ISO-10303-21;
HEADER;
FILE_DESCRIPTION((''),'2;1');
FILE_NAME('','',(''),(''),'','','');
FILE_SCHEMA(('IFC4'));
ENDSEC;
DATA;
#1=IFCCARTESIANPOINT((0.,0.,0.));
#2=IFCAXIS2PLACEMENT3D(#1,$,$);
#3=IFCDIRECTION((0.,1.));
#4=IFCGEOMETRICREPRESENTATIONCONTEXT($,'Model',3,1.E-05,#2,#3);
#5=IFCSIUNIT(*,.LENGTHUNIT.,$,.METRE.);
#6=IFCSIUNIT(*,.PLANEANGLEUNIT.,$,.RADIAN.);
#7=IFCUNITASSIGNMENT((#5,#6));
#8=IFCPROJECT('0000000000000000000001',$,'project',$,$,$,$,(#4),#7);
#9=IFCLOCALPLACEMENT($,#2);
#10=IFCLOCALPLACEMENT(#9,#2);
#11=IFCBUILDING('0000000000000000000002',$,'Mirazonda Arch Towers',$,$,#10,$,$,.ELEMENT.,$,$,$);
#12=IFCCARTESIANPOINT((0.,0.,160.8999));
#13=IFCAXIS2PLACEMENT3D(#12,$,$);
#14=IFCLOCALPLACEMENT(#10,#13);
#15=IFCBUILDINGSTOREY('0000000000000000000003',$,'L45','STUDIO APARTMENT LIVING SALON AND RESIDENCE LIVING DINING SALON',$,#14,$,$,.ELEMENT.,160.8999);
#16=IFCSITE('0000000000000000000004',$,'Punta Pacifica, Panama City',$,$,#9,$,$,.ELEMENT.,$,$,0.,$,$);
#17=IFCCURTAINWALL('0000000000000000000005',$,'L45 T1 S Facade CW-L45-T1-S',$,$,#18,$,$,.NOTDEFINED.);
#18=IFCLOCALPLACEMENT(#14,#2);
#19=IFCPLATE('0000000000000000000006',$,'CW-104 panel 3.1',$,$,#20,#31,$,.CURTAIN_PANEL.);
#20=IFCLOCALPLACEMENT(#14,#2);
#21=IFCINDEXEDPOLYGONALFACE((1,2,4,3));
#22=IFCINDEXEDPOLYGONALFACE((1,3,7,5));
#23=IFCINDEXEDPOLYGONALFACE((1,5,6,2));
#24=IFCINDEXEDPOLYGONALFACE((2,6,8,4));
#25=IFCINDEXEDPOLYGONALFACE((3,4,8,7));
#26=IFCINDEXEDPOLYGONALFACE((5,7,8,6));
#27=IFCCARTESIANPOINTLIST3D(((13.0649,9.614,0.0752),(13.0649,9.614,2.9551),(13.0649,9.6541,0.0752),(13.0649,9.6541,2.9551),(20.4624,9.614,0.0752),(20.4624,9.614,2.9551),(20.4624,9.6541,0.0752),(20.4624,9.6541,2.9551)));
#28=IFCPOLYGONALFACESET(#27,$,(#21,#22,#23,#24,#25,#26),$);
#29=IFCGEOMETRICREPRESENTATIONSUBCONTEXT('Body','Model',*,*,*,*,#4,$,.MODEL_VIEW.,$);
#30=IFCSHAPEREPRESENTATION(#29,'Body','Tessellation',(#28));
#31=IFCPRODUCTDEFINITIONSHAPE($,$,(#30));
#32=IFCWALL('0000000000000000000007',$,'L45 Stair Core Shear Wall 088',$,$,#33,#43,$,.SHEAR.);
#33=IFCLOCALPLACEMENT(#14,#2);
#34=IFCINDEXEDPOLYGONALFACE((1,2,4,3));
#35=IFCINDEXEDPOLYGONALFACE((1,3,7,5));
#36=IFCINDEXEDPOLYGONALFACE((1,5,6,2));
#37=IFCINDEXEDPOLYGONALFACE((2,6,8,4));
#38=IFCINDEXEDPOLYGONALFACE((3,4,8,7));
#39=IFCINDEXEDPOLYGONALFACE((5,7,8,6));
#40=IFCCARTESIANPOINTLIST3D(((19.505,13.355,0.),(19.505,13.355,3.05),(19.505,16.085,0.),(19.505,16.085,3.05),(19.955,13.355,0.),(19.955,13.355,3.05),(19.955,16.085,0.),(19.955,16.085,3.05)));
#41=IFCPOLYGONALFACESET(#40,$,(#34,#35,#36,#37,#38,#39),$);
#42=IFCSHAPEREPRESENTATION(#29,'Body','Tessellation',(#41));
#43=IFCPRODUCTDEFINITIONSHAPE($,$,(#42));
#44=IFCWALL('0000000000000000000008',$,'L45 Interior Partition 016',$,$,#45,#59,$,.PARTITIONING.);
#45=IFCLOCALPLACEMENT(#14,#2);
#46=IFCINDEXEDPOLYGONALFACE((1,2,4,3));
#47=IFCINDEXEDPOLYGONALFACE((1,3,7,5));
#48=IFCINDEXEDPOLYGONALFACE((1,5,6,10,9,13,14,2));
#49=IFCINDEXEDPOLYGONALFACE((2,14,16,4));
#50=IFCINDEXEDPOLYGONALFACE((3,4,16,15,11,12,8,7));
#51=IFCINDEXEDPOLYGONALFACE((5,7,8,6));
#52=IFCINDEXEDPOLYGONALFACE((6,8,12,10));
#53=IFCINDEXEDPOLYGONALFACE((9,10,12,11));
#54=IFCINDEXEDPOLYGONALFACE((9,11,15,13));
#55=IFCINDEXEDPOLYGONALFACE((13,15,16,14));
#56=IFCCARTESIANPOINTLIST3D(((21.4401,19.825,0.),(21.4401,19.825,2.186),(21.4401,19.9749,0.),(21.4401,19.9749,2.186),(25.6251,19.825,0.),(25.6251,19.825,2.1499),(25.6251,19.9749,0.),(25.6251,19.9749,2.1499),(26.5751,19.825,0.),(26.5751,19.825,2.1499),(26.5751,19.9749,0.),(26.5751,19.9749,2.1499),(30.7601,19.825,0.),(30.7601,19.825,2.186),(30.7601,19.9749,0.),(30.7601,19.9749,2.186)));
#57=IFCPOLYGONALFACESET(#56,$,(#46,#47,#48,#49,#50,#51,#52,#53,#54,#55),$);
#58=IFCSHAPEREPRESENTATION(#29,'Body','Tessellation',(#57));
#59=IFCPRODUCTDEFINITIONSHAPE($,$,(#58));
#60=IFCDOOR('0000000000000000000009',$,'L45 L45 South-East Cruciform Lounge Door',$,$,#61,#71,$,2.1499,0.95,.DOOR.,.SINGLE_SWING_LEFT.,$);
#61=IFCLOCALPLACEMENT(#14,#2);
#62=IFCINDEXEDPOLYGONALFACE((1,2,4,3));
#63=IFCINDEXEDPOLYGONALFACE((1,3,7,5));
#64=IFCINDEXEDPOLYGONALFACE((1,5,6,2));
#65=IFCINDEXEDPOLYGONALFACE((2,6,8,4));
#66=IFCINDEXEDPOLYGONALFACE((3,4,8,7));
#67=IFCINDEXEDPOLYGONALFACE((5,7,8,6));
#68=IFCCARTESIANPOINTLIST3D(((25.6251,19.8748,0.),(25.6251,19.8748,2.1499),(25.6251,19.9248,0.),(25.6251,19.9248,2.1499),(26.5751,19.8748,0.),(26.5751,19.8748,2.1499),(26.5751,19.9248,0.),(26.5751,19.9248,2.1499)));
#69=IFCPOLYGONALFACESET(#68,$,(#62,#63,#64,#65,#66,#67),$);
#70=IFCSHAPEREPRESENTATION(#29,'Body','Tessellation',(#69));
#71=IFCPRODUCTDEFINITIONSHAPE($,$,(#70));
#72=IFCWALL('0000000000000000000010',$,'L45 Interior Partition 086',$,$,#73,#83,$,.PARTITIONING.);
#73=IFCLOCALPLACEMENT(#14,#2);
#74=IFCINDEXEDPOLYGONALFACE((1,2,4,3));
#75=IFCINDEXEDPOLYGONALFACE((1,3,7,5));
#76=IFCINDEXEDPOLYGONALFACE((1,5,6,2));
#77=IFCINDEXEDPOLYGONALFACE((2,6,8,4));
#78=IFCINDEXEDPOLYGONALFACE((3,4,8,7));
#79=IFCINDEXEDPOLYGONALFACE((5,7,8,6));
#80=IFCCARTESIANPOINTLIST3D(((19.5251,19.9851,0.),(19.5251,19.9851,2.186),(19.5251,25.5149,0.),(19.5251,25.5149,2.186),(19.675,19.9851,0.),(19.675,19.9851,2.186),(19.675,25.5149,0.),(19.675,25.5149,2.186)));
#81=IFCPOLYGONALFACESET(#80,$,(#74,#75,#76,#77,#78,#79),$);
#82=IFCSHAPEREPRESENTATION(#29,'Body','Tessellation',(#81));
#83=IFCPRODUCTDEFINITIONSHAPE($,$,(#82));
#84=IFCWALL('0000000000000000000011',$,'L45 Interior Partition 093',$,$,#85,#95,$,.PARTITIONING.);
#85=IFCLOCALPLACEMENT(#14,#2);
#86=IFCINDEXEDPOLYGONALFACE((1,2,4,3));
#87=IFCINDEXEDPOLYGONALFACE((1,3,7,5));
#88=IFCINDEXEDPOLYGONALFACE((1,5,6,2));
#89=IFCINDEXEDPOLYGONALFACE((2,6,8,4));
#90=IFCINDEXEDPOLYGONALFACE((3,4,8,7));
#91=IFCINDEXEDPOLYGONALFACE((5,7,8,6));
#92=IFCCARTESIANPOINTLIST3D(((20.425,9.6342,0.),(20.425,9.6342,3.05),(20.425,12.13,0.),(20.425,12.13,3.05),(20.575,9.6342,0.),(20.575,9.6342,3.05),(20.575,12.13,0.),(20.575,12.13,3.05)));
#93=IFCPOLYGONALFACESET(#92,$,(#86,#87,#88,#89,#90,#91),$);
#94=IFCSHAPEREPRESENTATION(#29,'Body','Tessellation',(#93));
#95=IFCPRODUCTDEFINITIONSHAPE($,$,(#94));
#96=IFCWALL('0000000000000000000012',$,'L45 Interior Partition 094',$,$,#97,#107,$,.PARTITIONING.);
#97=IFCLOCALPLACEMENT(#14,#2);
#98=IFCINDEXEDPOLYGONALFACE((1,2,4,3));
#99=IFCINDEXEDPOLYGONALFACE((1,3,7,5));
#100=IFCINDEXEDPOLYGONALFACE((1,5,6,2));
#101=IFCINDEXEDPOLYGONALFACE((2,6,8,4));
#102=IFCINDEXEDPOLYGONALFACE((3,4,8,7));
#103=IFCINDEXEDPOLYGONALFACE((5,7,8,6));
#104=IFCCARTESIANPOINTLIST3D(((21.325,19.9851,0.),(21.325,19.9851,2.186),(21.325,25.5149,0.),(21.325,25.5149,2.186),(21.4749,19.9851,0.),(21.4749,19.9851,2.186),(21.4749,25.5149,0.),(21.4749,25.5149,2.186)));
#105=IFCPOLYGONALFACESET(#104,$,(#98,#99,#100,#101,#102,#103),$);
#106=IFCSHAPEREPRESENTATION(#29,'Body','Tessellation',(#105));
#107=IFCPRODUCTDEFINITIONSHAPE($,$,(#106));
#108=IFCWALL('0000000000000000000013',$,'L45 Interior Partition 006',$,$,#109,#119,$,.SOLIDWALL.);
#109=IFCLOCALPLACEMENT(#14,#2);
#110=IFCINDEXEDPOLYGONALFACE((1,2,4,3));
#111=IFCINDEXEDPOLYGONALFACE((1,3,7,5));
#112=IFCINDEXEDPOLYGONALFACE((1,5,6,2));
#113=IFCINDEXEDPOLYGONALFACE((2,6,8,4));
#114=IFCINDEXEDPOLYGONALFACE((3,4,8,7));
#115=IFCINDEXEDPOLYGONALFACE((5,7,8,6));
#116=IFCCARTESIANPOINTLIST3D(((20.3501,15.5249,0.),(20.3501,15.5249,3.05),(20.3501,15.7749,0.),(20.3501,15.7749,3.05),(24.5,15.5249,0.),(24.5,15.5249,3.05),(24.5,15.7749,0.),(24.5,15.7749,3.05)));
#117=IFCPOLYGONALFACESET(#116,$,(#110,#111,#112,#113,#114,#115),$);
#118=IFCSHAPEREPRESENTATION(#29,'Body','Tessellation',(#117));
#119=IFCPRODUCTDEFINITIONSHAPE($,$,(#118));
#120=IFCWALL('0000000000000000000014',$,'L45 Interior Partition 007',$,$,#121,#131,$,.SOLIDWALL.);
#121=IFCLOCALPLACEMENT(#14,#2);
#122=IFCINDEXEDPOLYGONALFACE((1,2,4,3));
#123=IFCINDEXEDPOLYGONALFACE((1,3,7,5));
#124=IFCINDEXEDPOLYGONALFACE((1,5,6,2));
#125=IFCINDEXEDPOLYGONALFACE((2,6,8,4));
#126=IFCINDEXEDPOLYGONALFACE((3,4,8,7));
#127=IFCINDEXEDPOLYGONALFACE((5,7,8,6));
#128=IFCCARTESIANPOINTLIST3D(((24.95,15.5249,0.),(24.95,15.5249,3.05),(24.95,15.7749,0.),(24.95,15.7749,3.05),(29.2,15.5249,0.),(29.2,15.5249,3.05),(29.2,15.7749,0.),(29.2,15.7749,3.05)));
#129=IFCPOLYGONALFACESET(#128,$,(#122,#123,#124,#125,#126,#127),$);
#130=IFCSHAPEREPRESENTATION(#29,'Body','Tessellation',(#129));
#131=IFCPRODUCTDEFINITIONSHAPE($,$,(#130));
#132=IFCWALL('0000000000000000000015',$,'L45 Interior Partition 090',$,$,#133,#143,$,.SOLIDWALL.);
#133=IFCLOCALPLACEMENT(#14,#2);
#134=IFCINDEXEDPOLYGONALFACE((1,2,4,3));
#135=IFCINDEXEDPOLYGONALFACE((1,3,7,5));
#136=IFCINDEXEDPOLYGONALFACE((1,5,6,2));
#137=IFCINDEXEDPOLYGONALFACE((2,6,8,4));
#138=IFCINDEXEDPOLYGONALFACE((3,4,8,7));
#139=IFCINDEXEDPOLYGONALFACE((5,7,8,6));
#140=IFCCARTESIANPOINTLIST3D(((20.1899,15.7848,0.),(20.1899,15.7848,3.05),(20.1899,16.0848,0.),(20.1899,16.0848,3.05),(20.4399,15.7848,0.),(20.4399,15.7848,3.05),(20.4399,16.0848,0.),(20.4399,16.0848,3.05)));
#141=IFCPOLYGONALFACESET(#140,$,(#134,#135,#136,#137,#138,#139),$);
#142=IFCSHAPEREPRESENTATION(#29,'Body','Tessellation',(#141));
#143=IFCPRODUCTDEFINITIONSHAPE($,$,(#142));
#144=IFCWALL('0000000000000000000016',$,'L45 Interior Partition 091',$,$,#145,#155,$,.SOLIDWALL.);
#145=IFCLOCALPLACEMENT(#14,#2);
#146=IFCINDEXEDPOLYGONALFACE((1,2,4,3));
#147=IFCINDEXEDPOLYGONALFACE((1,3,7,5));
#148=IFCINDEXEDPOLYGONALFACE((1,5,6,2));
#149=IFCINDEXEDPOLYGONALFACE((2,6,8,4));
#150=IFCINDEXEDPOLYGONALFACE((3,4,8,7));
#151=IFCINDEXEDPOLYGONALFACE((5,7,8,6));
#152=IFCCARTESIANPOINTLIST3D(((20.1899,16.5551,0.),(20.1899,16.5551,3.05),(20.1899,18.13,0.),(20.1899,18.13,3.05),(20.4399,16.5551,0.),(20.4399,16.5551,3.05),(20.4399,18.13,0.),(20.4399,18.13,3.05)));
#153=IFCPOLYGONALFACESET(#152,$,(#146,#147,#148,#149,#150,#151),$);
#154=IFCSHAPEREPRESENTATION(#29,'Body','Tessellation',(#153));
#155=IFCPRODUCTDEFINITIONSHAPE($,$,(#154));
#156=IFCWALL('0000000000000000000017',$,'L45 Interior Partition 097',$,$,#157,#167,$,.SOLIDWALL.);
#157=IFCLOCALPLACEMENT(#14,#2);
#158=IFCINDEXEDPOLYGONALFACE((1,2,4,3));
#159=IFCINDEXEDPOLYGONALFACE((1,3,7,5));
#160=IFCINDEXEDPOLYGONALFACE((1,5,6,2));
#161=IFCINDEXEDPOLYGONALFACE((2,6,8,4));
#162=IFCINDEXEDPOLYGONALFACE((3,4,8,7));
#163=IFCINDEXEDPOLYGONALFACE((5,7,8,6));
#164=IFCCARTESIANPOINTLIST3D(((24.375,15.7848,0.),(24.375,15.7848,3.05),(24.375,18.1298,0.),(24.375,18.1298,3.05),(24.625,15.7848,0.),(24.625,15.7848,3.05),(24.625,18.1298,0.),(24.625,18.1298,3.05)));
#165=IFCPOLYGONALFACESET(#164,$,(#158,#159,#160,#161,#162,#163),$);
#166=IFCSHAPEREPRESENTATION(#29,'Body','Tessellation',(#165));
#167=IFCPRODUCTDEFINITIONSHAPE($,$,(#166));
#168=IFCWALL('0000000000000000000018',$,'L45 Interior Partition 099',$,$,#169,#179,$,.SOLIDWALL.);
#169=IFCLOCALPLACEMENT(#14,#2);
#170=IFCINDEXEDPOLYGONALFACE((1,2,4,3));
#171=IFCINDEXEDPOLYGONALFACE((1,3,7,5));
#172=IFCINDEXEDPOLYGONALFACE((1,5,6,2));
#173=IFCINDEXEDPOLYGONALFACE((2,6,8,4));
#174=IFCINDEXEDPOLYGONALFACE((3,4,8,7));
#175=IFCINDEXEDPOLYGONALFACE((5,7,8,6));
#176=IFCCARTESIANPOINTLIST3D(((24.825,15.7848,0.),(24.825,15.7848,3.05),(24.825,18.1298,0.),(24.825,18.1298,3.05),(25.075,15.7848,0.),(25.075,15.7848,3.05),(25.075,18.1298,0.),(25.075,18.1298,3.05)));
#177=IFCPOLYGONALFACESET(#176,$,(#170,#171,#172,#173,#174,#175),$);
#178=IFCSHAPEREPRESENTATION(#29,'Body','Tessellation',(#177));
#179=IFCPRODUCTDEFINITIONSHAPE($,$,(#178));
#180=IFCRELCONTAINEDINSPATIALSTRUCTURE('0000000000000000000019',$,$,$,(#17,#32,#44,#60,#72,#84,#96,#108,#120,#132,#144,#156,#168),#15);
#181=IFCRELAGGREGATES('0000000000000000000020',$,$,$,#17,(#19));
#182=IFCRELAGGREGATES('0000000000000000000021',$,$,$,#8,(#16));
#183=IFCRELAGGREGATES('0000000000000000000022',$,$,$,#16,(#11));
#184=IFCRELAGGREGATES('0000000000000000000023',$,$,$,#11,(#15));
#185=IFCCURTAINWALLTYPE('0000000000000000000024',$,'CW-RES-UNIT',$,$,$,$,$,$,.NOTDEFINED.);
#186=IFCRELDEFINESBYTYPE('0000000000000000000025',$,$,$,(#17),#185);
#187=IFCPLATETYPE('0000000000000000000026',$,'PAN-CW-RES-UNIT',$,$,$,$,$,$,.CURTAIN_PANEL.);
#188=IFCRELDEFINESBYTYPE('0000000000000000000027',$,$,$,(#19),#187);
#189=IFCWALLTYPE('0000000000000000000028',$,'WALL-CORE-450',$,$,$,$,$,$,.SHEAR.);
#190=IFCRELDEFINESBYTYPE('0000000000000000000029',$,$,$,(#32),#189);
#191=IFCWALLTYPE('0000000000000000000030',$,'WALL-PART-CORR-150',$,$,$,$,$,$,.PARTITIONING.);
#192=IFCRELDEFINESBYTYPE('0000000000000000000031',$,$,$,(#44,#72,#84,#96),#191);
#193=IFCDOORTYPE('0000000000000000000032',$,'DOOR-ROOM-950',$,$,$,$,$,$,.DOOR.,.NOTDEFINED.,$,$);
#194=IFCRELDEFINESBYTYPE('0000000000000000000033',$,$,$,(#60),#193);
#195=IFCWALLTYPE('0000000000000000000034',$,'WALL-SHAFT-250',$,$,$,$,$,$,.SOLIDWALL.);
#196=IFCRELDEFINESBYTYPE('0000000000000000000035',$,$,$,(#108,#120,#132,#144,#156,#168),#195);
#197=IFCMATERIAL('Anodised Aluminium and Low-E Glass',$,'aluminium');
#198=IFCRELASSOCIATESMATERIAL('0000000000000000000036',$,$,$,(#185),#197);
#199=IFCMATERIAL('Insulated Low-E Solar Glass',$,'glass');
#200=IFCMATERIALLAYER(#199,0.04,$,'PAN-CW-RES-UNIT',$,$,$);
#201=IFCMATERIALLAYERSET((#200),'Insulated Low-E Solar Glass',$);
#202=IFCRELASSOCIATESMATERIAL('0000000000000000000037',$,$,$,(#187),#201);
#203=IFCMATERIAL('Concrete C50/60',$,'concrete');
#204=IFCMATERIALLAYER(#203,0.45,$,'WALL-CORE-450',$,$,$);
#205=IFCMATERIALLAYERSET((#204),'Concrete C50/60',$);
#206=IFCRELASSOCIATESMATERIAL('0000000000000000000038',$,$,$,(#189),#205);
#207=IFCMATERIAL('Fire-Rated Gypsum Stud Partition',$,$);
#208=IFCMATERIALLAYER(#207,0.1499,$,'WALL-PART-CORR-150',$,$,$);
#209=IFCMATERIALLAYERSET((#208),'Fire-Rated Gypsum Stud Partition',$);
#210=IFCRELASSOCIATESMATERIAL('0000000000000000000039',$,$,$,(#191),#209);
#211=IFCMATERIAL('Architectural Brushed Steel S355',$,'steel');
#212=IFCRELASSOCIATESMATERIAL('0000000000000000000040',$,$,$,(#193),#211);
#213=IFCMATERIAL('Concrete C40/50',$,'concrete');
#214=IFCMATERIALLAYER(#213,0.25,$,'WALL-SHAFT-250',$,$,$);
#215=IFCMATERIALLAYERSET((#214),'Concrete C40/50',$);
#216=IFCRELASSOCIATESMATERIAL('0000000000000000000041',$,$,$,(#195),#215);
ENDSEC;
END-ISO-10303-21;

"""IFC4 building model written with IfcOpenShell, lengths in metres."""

from ifc_helpers import new_model, si_unit, direction, frame, frame_2d, origin, origin_2d, place, context, subcontext, project, spatial, rectangle, extrude, material, layer, layer_set, type_object, element, fill, aggregate, save


model = new_model("IFC4")

# Units and contexts
model_context = context("Model", 3, precision=1e-05, world=origin(), true_north=direction((0.0, 1.0)))
body_context = subcontext(model_context, "Body", "Model", "MODEL_VIEW")
ifc_project = project(units=[si_unit("LENGTHUNIT", "METRE"), si_unit("PLANEANGLEUNIT", "RADIAN")], contexts=[model_context])

# Site, building, storey
site_placement = place(None, origin())
site = spatial("IfcSite", under=ifc_project, at=site_placement, Name="Punta Pacifica, Panama City", CompositionType="ELEMENT", RefElevation=0.0)
building_placement = place(site_placement, origin())
building = spatial("IfcBuilding", under=site, at=building_placement, Name="Mirazonda Arch Towers", CompositionType="ELEMENT")
storey_placement = place(building_placement, frame((0.0, 0.0, 160.8999)))
storey = spatial("IfcBuildingStorey", under=building, at=storey_placement, Name="L45", Description="STUDIO APARTMENT LIVING SALON AND RESIDENCE LIVING DINING SALON", CompositionType="ELEMENT", Elevation=160.8999)

# Shared definitions
ifc_material_1 = material(Name="Concrete C50/60", Category="concrete")

# Curtain wall, plate
ifc_material_2 = material(Name="Anodised Aluminium and Low-E Glass", Category="aluminium")
curtain_wall_type = type_object("IfcCurtainWallType", Name="CW-RES-UNIT", PredefinedType="NOTDEFINED", material=ifc_material_2)
curtain_wall_placement = place(storey_placement, origin())
curtain_wall = element("IfcCurtainWall", 1, at=curtain_wall_placement, inside=storey, type_object=curtain_wall_type, Name="L45 T1 S Facade CW-L45-T1-S", PredefinedType="NOTDEFINED")
ifc_material_3 = material(Name="Insulated Low-E Solar Glass", Category="glass")
ifc_layer_1 = layer(ifc_material_3, 0.04, Name="PAN-CW-RES-UNIT")
ifc_layer_set_1 = layer_set([ifc_layer_1], Name="Insulated Low-E Solar Glass")
plate_type = type_object("IfcPlateType", Name="PAN-CW-RES-UNIT", PredefinedType="CURTAIN_PANEL", material=ifc_layer_set_1)
plate_1_placement = place(storey_placement, frame((16.7637, 9.634, 0.0752), z_axis=(0.0, 0.0, 1.0), x_axis=(-1.0, 0.0, 0.0)))
plate_1 = element("IfcPlate", 2, at=plate_1_placement, type_object=plate_type, Name="CW-104 panel 3.1", PredefinedType="CURTAIN_PANEL", context=body_context, shape_type="SweptSolid", body=[
    extrude(rectangle(XDim=7.3975, YDim=0.04, at=origin_2d()), origin(), (0.0, 0.0, 1.0), 2.8799),
])
aggregate(curtain_wall, [plate_1])

# Wall
ifc_layer_2 = layer(ifc_material_1, 0.45, Name="WALL-CORE-450")
ifc_layer_set_2 = layer_set([ifc_layer_2], Name="Concrete C50/60")
wall_type_1 = type_object("IfcWallType", Name="WALL-CORE-450", PredefinedType="SHEAR", material=ifc_layer_set_2)
wall_1_placement = place(storey_placement, frame((19.73, 13.355, 0.0), z_axis=(0.0, 0.0, 1.0), x_axis=(0.0, 1.0, 0.0)))
element("IfcWall", 3, at=wall_1_placement, inside=storey, type_object=wall_type_1, Name="L45 Stair Core Shear Wall 088", PredefinedType="SHEAR", context=body_context, shape_type="SweptSolid", body=[
    extrude(rectangle(XDim=2.73, YDim=0.45, at=frame_2d((1.365, 0.0))), origin(), (0.0, 0.0, 1.0), 3.05),
])

# Wall, opening, door
ifc_material_4 = material(Name="Fire-Rated Gypsum Stud Partition")
ifc_layer_3 = layer(ifc_material_4, 0.1499, Name="WALL-PART-CORR-150")
ifc_layer_set_3 = layer_set([ifc_layer_3], Name="Fire-Rated Gypsum Stud Partition")
wall_type_2 = type_object("IfcWallType", Name="WALL-PART-CORR-150", PredefinedType="PARTITIONING", material=ifc_layer_set_3)
wall_2_placement = place(storey_placement, frame((21.4399, 19.8999, 0.0), z_axis=(0.0, 0.0, 1.0), x_axis=(1.0, 0.0, 0.0)))
wall_2 = element("IfcWall", 4, at=wall_2_placement, inside=storey, type_object=wall_type_2, Name="L45 Interior Partition 016", PredefinedType="PARTITIONING", context=body_context, shape_type="SweptSolid", body=[
    extrude(rectangle(XDim=9.3201, YDim=0.1499, at=frame_2d((4.6602, 0.0))), origin(), (0.0, 0.0, 1.0), 2.186),
])
opening_placement = place(wall_2_placement, frame((4.1851, 0.0, 0.0)))
opening = element("IfcOpeningElement", 5, at=opening_placement, cuts=wall_2, PredefinedType="OPENING", context=body_context, shape_type="SweptSolid", body=[
    extrude(rectangle(XDim=0.95, YDim=2.1499, at=frame_2d((0.4751, 1.075))), frame((0.0, 0.085, 0.0), z_axis=(0.0, -1.0, 0.0), x_axis=(1.0, 0.0, 0.0)), (0.0, 0.0, 1.0), 0.1699),
])
ifc_material_5 = material(Name="Architectural Brushed Steel S355", Category="steel")
door_type = type_object("IfcDoorType", Name="DOOR-ROOM-950", OperationType="NOTDEFINED", PredefinedType="DOOR", material=ifc_material_5)
door_placement = place(opening_placement, origin())
door = element("IfcDoor", 6, at=door_placement, inside=storey, type_object=door_type, Name="L45 L45 South-East Cruciform Lounge Door", OperationType="SINGLE_SWING_LEFT", OverallHeight=2.1499, OverallWidth=0.95, PredefinedType="DOOR", context=body_context, shape_type="SweptSolid", body=[
    extrude(rectangle(XDim=0.95, YDim=2.1499, at=frame_2d((0.4751, 1.075))), frame((0.0, 0.0249, 0.0), z_axis=(0.0, -1.0, 0.0), x_axis=(1.0, 0.0, 0.0)), (0.0, 0.0, 1.0), 0.05),
])
fill(opening, door)

# Walls
wall_3_placement = place(storey_placement, frame((19.6001, 19.9851, 0.0), z_axis=(0.0, 0.0, 1.0), x_axis=(0.0, 1.0, 0.0)))
element("IfcWall", 7, at=wall_3_placement, inside=storey, type_object=wall_type_2, Name="L45 Interior Partition 086", PredefinedType="PARTITIONING", context=body_context, shape_type="SweptSolid", body=[
    extrude(rectangle(XDim=5.5298, YDim=0.1499, at=frame_2d((2.7649, 0.0))), origin(), (0.0, 0.0, 1.0), 2.186),
])
wall_4_placement = place(storey_placement, frame((20.5, 9.634, 0.0), z_axis=(0.0, 0.0, 1.0), x_axis=(0.0, 1.0, 0.0)))
element("IfcWall", 8, at=wall_4_placement, inside=storey, type_object=wall_type_2, Name="L45 Interior Partition 093", PredefinedType="PARTITIONING", context=body_context, shape_type="SweptSolid", body=[
    extrude(rectangle(XDim=2.4958, YDim=0.1499, at=frame_2d((1.248, 0.0))), origin(), (0.0, 0.0, 1.0), 3.05),
])
wall_5_placement = place(storey_placement, frame((21.3999, 19.9851, 0.0), z_axis=(0.0, 0.0, 1.0), x_axis=(0.0, 1.0, 0.0)))
element("IfcWall", 9, at=wall_5_placement, inside=storey, type_object=wall_type_2, Name="L45 Interior Partition 094", PredefinedType="PARTITIONING", context=body_context, shape_type="SweptSolid", body=[
    extrude(rectangle(XDim=5.5298, YDim=0.1499, at=frame_2d((2.7649, 0.0))), origin(), (0.0, 0.0, 1.0), 2.186),
])
ifc_material_6 = material(Name="Concrete C40/50", Category="concrete")
ifc_layer_4 = layer(ifc_material_6, 0.25, Name="WALL-SHAFT-250")
ifc_layer_set_4 = layer_set([ifc_layer_4], Name="Concrete C40/50")
wall_type_3 = type_object("IfcWallType", Name="WALL-SHAFT-250", PredefinedType="SOLIDWALL", material=ifc_layer_set_4)
wall_6_placement = place(storey_placement, frame((20.3501, 15.6499, 0.0), z_axis=(0.0, 0.0, 1.0), x_axis=(1.0, 0.0, 0.0)))
element("IfcWall", 10, at=wall_6_placement, inside=storey, type_object=wall_type_3, Name="L45 Interior Partition 006", PredefinedType="SOLIDWALL", context=body_context, shape_type="SweptSolid", body=[
    extrude(rectangle(XDim=4.1499, YDim=0.25, at=frame_2d((2.075, 0.0))), origin(), (0.0, 0.0, 1.0), 3.05),
])
wall_7_placement = place(storey_placement, frame((24.95, 15.6499, 0.0), z_axis=(0.0, 0.0, 1.0), x_axis=(1.0, 0.0, 0.0)))
element("IfcWall", 11, at=wall_7_placement, inside=storey, type_object=wall_type_3, Name="L45 Interior Partition 007", PredefinedType="SOLIDWALL", context=body_context, shape_type="SweptSolid", body=[
    extrude(rectangle(XDim=4.25, YDim=0.25, at=frame_2d((2.125, 0.0))), origin(), (0.0, 0.0, 1.0), 3.05),
])
wall_8_placement = place(storey_placement, frame((20.3149, 15.7849, 0.0), z_axis=(0.0, 0.0, 1.0), x_axis=(0.0, 1.0, 0.0)))
element("IfcWall", 12, at=wall_8_placement, inside=storey, type_object=wall_type_3, Name="L45 Interior Partition 090", PredefinedType="SOLIDWALL", context=body_context, shape_type="SweptSolid", body=[
    extrude(rectangle(XDim=0.3, YDim=0.25, at=frame_2d((0.1499, 0.0))), origin(), (0.0, 0.0, 1.0), 3.05),
])
wall_9_placement = place(storey_placement, frame((20.3149, 16.5549, 0.0), z_axis=(0.0, 0.0, 1.0), x_axis=(0.0, 1.0, 0.0)))
element("IfcWall", 13, at=wall_9_placement, inside=storey, type_object=wall_type_3, Name="L45 Interior Partition 091", PredefinedType="SOLIDWALL", context=body_context, shape_type="SweptSolid", body=[
    extrude(rectangle(XDim=1.575, YDim=0.25, at=frame_2d((0.7876, 0.0))), origin(), (0.0, 0.0, 1.0), 3.05),
])
for number, where, z_axis, x_axis, name in (
    (14, (24.5, 15.7849, 0.0), (0.0, 0.0, 1.0), (0.0, 1.0, 0.0), "L45 Interior Partition 097"),
    (15, (24.95, 15.7849, 0.0), (0.0, 0.0, 1.0), (0.0, 1.0, 0.0), "L45 Interior Partition 099"),
):
    element("IfcWall", number, at=place(storey_placement, frame(where, z_axis=z_axis, x_axis=x_axis)), inside=storey, type_object=wall_type_3, Name=name, PredefinedType="SOLIDWALL", context=body_context, shape_type="SweptSolid", body=[
        extrude(rectangle(XDim=2.345, YDim=0.25, at=frame_2d((1.1724, 0.0))), origin(), (0.0, 0.0, 1.0), 3.05),
    ])

save(model, "model.ifc")
